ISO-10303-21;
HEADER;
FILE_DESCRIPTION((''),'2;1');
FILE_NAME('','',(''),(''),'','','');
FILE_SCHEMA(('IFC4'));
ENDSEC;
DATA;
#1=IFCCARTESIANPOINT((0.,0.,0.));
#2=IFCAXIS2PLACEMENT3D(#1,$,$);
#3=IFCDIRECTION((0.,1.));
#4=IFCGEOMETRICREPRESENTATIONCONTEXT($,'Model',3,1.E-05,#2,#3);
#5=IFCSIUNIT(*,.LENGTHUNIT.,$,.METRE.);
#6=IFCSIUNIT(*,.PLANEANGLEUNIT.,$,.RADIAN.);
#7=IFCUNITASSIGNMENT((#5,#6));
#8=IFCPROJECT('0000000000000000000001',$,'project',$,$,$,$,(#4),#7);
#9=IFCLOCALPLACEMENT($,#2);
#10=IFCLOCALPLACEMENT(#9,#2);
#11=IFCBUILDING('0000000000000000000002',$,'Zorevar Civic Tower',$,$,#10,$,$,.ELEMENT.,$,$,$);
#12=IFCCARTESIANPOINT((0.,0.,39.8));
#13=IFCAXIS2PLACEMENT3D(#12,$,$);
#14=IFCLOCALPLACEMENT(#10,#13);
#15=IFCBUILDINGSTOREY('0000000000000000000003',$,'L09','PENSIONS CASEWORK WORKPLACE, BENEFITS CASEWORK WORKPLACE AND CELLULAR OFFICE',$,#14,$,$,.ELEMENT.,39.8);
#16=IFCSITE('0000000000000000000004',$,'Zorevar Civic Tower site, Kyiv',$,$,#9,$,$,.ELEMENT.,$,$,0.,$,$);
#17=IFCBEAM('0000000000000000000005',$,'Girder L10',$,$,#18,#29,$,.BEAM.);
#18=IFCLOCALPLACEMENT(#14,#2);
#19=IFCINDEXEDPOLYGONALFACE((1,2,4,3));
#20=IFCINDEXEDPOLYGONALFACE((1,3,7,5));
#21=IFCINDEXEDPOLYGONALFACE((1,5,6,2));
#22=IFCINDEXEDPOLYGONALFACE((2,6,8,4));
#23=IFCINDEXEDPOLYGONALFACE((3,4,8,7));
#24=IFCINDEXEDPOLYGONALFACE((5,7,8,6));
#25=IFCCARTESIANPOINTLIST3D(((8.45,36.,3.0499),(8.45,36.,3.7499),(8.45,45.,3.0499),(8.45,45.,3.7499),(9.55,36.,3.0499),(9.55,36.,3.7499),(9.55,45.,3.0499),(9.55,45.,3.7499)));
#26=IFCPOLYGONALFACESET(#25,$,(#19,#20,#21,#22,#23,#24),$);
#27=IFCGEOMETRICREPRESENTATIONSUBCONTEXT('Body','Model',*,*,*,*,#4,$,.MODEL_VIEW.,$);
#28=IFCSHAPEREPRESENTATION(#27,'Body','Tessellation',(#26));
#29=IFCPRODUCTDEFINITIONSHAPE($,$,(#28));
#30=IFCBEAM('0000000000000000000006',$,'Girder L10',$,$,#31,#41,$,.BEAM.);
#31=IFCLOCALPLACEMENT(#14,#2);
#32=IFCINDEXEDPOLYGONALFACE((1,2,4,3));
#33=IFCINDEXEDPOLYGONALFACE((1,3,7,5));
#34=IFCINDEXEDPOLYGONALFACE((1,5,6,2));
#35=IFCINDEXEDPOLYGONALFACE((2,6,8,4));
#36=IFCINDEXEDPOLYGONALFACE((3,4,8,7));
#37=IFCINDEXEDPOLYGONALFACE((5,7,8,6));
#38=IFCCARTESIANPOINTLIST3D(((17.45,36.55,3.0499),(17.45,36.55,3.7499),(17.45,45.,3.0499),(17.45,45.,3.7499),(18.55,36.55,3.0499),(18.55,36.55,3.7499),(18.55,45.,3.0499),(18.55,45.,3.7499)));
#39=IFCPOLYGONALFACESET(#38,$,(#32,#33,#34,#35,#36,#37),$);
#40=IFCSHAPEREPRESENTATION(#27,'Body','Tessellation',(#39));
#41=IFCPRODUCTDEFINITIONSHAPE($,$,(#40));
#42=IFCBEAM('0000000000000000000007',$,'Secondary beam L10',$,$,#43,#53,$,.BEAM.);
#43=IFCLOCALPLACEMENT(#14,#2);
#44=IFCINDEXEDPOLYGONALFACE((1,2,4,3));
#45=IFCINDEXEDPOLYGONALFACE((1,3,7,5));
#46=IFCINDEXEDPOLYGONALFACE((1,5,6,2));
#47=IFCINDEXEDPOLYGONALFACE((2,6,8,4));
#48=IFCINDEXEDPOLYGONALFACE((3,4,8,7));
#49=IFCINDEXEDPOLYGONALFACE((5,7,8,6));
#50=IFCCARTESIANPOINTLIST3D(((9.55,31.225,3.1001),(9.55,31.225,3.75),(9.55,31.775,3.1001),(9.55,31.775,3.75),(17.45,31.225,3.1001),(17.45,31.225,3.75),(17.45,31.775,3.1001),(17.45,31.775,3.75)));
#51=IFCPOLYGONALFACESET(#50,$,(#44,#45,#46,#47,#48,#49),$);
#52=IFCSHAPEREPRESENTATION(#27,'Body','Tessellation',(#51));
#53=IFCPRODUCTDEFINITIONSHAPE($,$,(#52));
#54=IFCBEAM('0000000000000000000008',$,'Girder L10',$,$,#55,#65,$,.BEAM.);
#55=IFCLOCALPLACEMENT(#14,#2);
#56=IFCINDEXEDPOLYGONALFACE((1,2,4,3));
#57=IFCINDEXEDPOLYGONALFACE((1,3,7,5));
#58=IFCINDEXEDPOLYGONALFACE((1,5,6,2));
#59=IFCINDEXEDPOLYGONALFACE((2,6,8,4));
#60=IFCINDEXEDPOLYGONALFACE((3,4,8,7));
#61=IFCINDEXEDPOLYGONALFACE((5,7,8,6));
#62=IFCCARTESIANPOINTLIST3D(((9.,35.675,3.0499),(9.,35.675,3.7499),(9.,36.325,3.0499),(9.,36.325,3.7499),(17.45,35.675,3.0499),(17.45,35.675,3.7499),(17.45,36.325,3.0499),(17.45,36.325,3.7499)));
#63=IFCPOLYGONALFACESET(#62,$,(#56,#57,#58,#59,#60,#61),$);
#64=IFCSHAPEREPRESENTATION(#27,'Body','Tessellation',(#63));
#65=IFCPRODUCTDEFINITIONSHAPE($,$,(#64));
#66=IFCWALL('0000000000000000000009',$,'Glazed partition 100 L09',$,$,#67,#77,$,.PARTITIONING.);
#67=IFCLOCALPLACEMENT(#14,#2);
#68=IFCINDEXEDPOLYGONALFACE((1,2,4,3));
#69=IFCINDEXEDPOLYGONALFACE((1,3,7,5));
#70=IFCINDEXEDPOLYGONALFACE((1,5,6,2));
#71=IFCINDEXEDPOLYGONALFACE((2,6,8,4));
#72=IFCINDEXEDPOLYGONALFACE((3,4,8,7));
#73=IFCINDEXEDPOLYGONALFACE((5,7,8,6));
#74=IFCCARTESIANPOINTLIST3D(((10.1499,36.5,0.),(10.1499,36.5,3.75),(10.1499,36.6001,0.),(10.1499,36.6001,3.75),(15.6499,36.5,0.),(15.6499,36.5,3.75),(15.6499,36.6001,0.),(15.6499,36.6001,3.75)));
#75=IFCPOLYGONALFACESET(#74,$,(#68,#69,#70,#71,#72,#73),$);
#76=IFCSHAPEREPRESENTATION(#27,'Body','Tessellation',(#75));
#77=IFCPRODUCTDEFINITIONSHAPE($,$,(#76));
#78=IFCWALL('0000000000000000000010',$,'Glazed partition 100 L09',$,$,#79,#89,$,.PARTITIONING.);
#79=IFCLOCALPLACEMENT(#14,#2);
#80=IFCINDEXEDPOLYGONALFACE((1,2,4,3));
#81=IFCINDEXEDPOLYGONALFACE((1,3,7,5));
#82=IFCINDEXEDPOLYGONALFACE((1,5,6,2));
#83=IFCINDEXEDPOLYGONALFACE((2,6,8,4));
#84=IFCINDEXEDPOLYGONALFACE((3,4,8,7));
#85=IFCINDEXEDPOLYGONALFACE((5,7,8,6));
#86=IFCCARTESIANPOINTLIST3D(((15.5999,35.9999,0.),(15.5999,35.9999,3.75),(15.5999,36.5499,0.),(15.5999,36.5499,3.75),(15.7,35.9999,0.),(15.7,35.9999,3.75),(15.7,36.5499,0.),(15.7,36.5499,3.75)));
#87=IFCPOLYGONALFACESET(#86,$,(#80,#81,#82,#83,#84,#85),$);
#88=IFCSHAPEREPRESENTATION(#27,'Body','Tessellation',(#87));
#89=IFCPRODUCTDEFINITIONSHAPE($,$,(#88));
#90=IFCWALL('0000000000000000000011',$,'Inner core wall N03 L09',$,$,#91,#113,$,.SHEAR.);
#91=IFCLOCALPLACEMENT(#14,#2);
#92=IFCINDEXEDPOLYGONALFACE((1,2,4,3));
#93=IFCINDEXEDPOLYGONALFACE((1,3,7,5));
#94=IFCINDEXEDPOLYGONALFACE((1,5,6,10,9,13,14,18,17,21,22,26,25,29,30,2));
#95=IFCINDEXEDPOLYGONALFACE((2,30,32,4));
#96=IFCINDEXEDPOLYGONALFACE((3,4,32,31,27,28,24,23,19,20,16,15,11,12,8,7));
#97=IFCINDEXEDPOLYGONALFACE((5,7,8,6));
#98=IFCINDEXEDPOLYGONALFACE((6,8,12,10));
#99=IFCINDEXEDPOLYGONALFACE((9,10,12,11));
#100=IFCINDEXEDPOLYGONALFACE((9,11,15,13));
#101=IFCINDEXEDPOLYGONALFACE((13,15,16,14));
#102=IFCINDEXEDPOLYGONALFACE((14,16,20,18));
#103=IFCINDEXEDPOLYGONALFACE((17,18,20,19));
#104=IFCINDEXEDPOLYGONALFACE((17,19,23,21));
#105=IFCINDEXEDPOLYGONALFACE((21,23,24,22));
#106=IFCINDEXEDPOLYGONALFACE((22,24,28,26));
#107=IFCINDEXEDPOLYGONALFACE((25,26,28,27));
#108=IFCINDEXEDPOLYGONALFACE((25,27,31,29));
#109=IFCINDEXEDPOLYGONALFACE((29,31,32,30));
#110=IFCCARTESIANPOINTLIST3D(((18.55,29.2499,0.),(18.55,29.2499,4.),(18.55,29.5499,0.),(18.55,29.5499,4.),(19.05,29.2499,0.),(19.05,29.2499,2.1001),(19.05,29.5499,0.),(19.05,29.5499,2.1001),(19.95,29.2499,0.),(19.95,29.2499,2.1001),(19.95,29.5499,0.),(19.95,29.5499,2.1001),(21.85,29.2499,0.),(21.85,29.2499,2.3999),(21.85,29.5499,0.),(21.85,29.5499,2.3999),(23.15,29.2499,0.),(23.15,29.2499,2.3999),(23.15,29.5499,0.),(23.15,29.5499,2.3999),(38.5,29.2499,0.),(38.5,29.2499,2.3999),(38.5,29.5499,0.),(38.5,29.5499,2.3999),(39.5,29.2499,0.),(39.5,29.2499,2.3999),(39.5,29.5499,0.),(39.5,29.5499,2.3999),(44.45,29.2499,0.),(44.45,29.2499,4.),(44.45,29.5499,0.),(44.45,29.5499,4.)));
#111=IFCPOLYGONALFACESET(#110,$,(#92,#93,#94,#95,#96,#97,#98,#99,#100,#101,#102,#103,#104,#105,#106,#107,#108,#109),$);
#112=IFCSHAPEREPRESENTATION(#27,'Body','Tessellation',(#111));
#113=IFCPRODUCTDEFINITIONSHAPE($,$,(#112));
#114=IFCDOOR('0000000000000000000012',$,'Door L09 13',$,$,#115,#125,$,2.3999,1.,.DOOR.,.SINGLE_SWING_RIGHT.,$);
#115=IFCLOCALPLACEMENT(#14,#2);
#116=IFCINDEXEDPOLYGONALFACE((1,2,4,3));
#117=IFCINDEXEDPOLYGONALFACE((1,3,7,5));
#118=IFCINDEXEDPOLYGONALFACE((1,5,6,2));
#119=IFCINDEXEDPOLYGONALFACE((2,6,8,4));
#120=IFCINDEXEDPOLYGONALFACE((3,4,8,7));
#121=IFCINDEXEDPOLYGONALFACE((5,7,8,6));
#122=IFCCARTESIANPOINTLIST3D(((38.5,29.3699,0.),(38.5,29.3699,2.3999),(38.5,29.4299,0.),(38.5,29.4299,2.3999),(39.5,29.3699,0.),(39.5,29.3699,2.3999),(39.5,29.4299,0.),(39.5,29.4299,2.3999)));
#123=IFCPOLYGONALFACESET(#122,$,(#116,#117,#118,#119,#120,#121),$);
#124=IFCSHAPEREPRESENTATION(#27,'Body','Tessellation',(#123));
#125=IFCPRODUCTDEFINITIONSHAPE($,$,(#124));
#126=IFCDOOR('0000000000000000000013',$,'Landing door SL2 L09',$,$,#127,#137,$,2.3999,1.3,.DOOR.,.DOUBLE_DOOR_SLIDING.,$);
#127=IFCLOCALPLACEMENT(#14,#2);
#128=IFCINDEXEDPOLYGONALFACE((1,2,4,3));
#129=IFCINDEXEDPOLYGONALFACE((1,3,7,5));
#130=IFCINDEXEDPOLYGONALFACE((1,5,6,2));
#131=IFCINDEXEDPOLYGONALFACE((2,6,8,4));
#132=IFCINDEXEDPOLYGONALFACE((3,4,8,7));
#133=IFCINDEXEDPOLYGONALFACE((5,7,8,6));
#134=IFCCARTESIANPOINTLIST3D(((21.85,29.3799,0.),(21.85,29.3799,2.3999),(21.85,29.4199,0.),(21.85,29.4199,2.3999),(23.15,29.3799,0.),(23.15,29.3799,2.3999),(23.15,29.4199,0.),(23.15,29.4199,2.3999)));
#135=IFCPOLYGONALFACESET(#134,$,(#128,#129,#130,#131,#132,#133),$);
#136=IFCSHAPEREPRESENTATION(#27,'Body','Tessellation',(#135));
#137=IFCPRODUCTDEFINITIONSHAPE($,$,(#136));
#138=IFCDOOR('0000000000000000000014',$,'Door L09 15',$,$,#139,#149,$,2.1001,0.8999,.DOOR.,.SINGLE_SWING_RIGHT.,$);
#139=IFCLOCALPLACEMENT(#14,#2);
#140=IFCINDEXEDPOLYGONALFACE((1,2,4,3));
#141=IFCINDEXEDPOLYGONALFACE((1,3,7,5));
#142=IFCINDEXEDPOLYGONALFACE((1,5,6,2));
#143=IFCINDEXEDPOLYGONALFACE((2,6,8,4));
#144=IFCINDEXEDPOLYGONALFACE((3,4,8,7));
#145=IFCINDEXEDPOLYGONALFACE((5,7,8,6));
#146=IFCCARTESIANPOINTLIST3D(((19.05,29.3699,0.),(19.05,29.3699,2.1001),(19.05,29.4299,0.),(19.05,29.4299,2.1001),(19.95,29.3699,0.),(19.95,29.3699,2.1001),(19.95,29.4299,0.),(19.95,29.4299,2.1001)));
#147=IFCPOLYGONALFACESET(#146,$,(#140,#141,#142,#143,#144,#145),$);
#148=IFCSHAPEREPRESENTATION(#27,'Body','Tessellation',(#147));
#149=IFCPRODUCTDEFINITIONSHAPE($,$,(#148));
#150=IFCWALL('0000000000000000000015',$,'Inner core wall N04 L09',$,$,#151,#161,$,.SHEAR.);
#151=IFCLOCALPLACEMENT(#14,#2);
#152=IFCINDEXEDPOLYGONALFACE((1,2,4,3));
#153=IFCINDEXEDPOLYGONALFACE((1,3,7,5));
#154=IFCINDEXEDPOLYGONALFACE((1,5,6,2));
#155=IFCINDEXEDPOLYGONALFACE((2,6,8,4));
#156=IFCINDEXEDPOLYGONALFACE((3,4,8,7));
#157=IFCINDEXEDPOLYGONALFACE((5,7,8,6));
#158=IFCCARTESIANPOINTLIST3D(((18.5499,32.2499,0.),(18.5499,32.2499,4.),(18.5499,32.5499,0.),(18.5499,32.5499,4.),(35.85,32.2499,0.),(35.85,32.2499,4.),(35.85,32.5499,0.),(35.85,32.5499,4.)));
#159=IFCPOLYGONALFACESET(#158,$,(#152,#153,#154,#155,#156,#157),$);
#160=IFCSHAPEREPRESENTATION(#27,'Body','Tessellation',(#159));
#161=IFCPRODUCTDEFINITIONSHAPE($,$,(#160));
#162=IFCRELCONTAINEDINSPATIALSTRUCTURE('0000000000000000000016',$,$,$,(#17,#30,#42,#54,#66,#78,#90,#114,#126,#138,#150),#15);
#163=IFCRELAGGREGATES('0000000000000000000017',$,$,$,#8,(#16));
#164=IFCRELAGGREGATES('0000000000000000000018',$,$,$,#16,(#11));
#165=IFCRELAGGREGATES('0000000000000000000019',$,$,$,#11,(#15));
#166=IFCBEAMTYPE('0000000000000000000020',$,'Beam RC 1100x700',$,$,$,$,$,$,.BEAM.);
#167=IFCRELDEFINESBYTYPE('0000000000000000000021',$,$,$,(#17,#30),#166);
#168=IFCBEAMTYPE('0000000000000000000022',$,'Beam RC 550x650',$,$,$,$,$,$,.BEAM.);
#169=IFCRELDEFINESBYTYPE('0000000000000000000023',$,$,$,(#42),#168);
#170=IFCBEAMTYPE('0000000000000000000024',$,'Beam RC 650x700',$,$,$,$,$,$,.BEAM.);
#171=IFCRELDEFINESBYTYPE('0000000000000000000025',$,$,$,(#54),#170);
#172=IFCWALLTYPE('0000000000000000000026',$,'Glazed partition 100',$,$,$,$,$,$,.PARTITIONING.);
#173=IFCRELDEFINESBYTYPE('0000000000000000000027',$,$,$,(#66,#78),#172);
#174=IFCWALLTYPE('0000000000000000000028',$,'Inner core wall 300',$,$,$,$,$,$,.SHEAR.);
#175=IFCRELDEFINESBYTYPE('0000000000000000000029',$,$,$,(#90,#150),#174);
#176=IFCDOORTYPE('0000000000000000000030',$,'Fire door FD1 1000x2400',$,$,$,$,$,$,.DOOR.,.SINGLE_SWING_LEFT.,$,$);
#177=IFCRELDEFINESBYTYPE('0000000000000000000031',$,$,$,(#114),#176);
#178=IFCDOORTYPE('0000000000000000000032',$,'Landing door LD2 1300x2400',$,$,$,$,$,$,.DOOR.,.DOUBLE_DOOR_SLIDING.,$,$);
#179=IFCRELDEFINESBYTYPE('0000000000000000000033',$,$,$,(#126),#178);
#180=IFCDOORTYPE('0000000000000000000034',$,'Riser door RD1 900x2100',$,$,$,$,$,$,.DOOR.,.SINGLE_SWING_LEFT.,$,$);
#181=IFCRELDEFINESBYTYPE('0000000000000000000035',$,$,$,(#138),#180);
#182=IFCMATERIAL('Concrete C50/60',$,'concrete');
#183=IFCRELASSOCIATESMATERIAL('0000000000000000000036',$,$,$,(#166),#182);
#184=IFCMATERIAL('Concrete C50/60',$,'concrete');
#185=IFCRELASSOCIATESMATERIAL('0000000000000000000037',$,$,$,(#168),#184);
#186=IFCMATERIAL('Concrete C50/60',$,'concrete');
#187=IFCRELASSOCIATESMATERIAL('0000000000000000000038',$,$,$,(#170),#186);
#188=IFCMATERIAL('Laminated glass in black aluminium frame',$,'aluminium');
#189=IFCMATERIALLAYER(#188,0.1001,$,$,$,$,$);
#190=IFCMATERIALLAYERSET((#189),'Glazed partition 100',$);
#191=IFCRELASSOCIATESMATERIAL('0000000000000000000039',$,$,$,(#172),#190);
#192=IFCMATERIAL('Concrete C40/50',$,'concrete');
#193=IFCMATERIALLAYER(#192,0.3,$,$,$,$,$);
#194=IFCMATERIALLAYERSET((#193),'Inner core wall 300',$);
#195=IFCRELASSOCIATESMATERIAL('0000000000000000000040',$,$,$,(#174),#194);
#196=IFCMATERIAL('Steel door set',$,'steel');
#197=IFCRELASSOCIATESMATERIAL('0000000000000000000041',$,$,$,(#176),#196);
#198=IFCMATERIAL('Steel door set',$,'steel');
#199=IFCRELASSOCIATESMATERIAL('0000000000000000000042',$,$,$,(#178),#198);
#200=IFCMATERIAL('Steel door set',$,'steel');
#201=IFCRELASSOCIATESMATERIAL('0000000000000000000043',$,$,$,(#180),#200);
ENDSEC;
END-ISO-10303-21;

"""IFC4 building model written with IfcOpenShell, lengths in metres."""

from ifc_helpers import new_model, si_unit, direction, frame, frame_2d, origin, origin_2d, place, context, subcontext, project, spatial, rectangle, extrude, material, layer, layer_set, material_profile, profile_set, type_object, element, fill, save


model = new_model("IFC4")

# Units and contexts
model_context = context("Model", 3, precision=1e-05, world=origin(), true_north=direction((0.0, 1.0)))
body_context = subcontext(model_context, "Body", "Model", "MODEL_VIEW")
ifc_project = project(units=[si_unit("LENGTHUNIT", "METRE"), si_unit("PLANEANGLEUNIT", "RADIAN")], contexts=[model_context])

# Site, building, storey
site_placement = place(None, origin())
site = spatial("IfcSite", under=ifc_project, at=site_placement, Name="Zorevar Civic Tower site, Kyiv", CompositionType="ELEMENT", RefElevation=0.0)
building_placement = place(site_placement, origin())
building = spatial("IfcBuilding", under=site, at=building_placement, Name="Zorevar Civic Tower", CompositionType="ELEMENT")
storey_placement = place(building_placement, frame((0.0, 0.0, 39.8)))
storey = spatial("IfcBuildingStorey", under=building, at=storey_placement, Name="L09", Description="PENSIONS CASEWORK WORKPLACE, BENEFITS CASEWORK WORKPLACE AND CELLULAR OFFICE", CompositionType="ELEMENT", Elevation=39.8)

# Beams
ifc_material_1 = material(Name="Concrete C50/60", Category="concrete")
ifc_material_profile_1 = material_profile(ifc_material_1, rectangle(XDim=1.1001, YDim=0.7, at=origin_2d()), Name="RC 1100x700")
ifc_profile_set_1 = profile_set([ifc_material_profile_1], Name="Concrete C50/60")
beam_type_1 = type_object("IfcBeamType", Name="Beam RC 1100x700", PredefinedType="BEAM", material=ifc_profile_set_1)
beam_1_placement = place(storey_placement, frame((9.0, 36.0, 3.3999), z_axis=(0.0, 1.0, 0.0), x_axis=(-1.0, 0.0, 0.0)))
element("IfcBeam", 1, at=beam_1_placement, inside=storey, type_object=beam_type_1, Name="Girder L10", PredefinedType="BEAM", context=body_context, shape_type="SweptSolid", body=[
    extrude(rectangle(XDim=1.1001, YDim=0.7, at=origin_2d()), origin(), (0.0, 0.0, 1.0), 9.0),
])
beam_2_placement = place(storey_placement, frame((18.0, 36.55, 3.3999), z_axis=(0.0, 1.0, 0.0), x_axis=(-1.0, 0.0, 0.0)))
element("IfcBeam", 2, at=beam_2_placement, inside=storey, type_object=beam_type_1, Name="Girder L10", PredefinedType="BEAM", context=body_context, shape_type="SweptSolid", body=[
    extrude(rectangle(XDim=1.1001, YDim=0.7, at=origin_2d()), origin(), (0.0, 0.0, 1.0), 8.45),
])
ifc_material_2 = material(Name="Concrete C50/60", Category="concrete")
ifc_material_profile_2 = material_profile(ifc_material_2, rectangle(XDim=0.55, YDim=0.6499, at=origin_2d()), Name="RC 550x650")
ifc_profile_set_2 = profile_set([ifc_material_profile_2], Name="Concrete C50/60")
beam_type_2 = type_object("IfcBeamType", Name="Beam RC 550x650", PredefinedType="BEAM", material=ifc_profile_set_2)
beam_3_placement = place(storey_placement, frame((9.55, 31.5, 3.425), z_axis=(1.0, 0.0, 0.0), x_axis=(0.0, 1.0, 0.0)))
element("IfcBeam", 3, at=beam_3_placement, inside=storey, type_object=beam_type_2, Name="Secondary beam L10", PredefinedType="BEAM", context=body_context, shape_type="SweptSolid", body=[
    extrude(rectangle(XDim=0.55, YDim=0.6499, at=origin_2d()), origin(), (0.0, 0.0, 1.0), 7.8999),
])
ifc_material_3 = material(Name="Concrete C50/60", Category="concrete")
ifc_material_profile_3 = material_profile(ifc_material_3, rectangle(XDim=0.6499, YDim=0.7, at=origin_2d()), Name="RC 650x700")
ifc_profile_set_3 = profile_set([ifc_material_profile_3], Name="Concrete C50/60")
beam_type_3 = type_object("IfcBeamType", Name="Beam RC 650x700", PredefinedType="BEAM", material=ifc_profile_set_3)
beam_4_placement = place(storey_placement, frame((9.0, 36.0, 3.3999), z_axis=(1.0, 0.0, 0.0), x_axis=(0.0, 1.0, 0.0)))
element("IfcBeam", 4, at=beam_4_placement, inside=storey, type_object=beam_type_3, Name="Girder L10", PredefinedType="BEAM", context=body_context, shape_type="SweptSolid", body=[
    extrude(rectangle(XDim=0.6499, YDim=0.7, at=origin_2d()), origin(), (0.0, 0.0, 1.0), 8.45),
])

# Walls
ifc_material_4 = material(Name="Laminated glass in black aluminium frame", Category="aluminium")
ifc_layer_1 = layer(ifc_material_4, 0.1001)
ifc_layer_set_1 = layer_set([ifc_layer_1], Name="Glazed partition 100")
wall_type_1 = type_object("IfcWallType", Name="Glazed partition 100", PredefinedType="PARTITIONING", material=ifc_layer_set_1)
wall_1_placement = place(storey_placement, frame((10.1499, 36.55, 0.0), z_axis=(0.0, 0.0, 1.0), x_axis=(1.0, 0.0, 0.0)))
element("IfcWall", 5, at=wall_1_placement, inside=storey, type_object=wall_type_1, Name="Glazed partition 100 L09", PredefinedType="PARTITIONING", context=body_context, shape_type="SweptSolid", body=[
    extrude(rectangle(XDim=5.5, YDim=0.1001, at=frame_2d((2.75, 0.0))), origin(), (0.0, 0.0, 1.0), 3.75),
])
wall_2_placement = place(storey_placement, frame((15.6499, 36.0, 0.0), z_axis=(0.0, 0.0, 1.0), x_axis=(0.0, 1.0, 0.0)))
element("IfcWall", 6, at=wall_2_placement, inside=storey, type_object=wall_type_1, Name="Glazed partition 100 L09", PredefinedType="PARTITIONING", context=body_context, shape_type="SweptSolid", body=[
    extrude(rectangle(XDim=0.55, YDim=0.1001, at=frame_2d((0.2749, 0.0))), origin(), (0.0, 0.0, 1.0), 3.75),
])

# Wall, openings, doors
ifc_material_5 = material(Name="Concrete C40/50", Category="concrete")
ifc_layer_2 = layer(ifc_material_5, 0.3)
ifc_layer_set_2 = layer_set([ifc_layer_2], Name="Inner core wall 300")
wall_type_2 = type_object("IfcWallType", Name="Inner core wall 300", PredefinedType="SHEAR", material=ifc_layer_set_2)
wall_3_placement = place(storey_placement, frame((18.55, 29.3999, 0.0), z_axis=(0.0, 0.0, 1.0), x_axis=(1.0, 0.0, 0.0)))
wall_3 = element("IfcWall", 7, at=wall_3_placement, inside=storey, type_object=wall_type_2, Name="Inner core wall N03 L09", PredefinedType="SHEAR", context=body_context, shape_type="SweptSolid", body=[
    extrude(rectangle(XDim=25.8999, YDim=0.3, at=frame_2d((12.95, 0.0))), origin(), (0.0, 0.0, 1.0), 4.0),
])
opening_1_placement = place(wall_3_placement, frame((19.95, 0.0, 0.0)))
opening_1 = element("IfcOpeningElement", 8, at=opening_1_placement, cuts=wall_3, PredefinedType="OPENING", context=body_context, shape_type="SweptSolid", body=[
    extrude(rectangle(XDim=1.0, YDim=2.3999, at=frame_2d((0.5, 1.2))), frame((0.0, 0.1599, 0.0), z_axis=(0.0, -1.0, 0.0), x_axis=(1.0, 0.0, 0.0)), (0.0, 0.0, 1.0), 0.3201),
])
opening_2_placement = place(wall_3_placement, frame((0.5, 0.0, 0.0)))
opening_2 = element("IfcOpeningElement", 9, at=opening_2_placement, cuts=wall_3, PredefinedType="OPENING", context=body_context, shape_type="SweptSolid", body=[
    extrude(rectangle(XDim=0.8999, YDim=2.1001, at=frame_2d((0.45, 1.05))), frame((0.0, 0.1599, 0.0), z_axis=(0.0, -1.0, 0.0), x_axis=(1.0, 0.0, 0.0)), (0.0, 0.0, 1.0), 0.3201),
])
opening_3_placement = place(wall_3_placement, frame((3.3, 0.0, 0.0)))
opening_3 = element("IfcOpeningElement", 10, at=opening_3_placement, cuts=wall_3, PredefinedType="OPENING", context=body_context, shape_type="SweptSolid", body=[
    extrude(rectangle(XDim=1.3, YDim=2.3999, at=frame_2d((0.6499, 1.2))), frame((0.0, 0.1599, 0.0), z_axis=(0.0, -1.0, 0.0), x_axis=(1.0, 0.0, 0.0)), (0.0, 0.0, 1.0), 0.3201),
])
ifc_material_6 = material(Name="Steel door set", Category="steel")
door_type_1 = type_object("IfcDoorType", Name="Fire door FD1 1000x2400", OperationType="SINGLE_SWING_LEFT", PredefinedType="DOOR", material=ifc_material_6)
door_1_placement = place(opening_1_placement, origin())
door_1 = element("IfcDoor", 11, at=door_1_placement, inside=storey, type_object=door_type_1, Name="Door L09 13", OperationType="SINGLE_SWING_RIGHT", OverallHeight=2.3999, OverallWidth=1.0, PredefinedType="DOOR", context=body_context, shape_type="SweptSolid", body=[
    extrude(rectangle(XDim=1.0, YDim=2.3999, at=frame_2d((0.5, 1.2))), frame((0.0, 0.03, 0.0), z_axis=(0.0, -1.0, 0.0), x_axis=(1.0, 0.0, 0.0)), (0.0, 0.0, 1.0), 0.0601),
])
fill(opening_1, door_1)
ifc_material_7 = material(Name="Steel door set", Category="steel")
door_type_2 = type_object("IfcDoorType", Name="Landing door LD2 1300x2400", OperationType="DOUBLE_DOOR_SLIDING", PredefinedType="DOOR", material=ifc_material_7)
door_2_placement = place(opening_3_placement, origin())
door_2 = element("IfcDoor", 12, at=door_2_placement, inside=storey, type_object=door_type_2, Name="Landing door SL2 L09", OperationType="DOUBLE_DOOR_SLIDING", OverallHeight=2.3999, OverallWidth=1.3, PredefinedType="DOOR", context=body_context, shape_type="SweptSolid", body=[
    extrude(rectangle(XDim=1.3, YDim=2.3999, at=frame_2d((0.6499, 1.2))), frame((0.0, 0.02, 0.0), z_axis=(0.0, -1.0, 0.0), x_axis=(1.0, 0.0, 0.0)), (0.0, 0.0, 1.0), 0.04),
])
fill(opening_3, door_2)
ifc_material_8 = material(Name="Steel door set", Category="steel")
door_type_3 = type_object("IfcDoorType", Name="Riser door RD1 900x2100", OperationType="SINGLE_SWING_LEFT", PredefinedType="DOOR", material=ifc_material_8)
door_3_placement = place(opening_2_placement, origin())
door_3 = element("IfcDoor", 13, at=door_3_placement, inside=storey, type_object=door_type_3, Name="Door L09 15", OperationType="SINGLE_SWING_RIGHT", OverallHeight=2.1001, OverallWidth=0.8999, PredefinedType="DOOR", context=body_context, shape_type="SweptSolid", body=[
    extrude(rectangle(XDim=0.8999, YDim=2.1001, at=frame_2d((0.45, 1.05))), frame((0.0, 0.03, 0.0), z_axis=(0.0, -1.0, 0.0), x_axis=(1.0, 0.0, 0.0)), (0.0, 0.0, 1.0), 0.0601),
])
fill(opening_2, door_3)

# Wall
wall_4_placement = place(storey_placement, frame((18.55, 32.3999, 0.0), z_axis=(0.0, 0.0, 1.0), x_axis=(1.0, 0.0, 0.0)))
element("IfcWall", 14, at=wall_4_placement, inside=storey, type_object=wall_type_2, Name="Inner core wall N04 L09", PredefinedType="SHEAR", context=body_context, shape_type="SweptSolid", body=[
    extrude(rectangle(XDim=17.3, YDim=0.3, at=frame_2d((8.6499, 0.0))), origin(), (0.0, 0.0, 1.0), 4.0),
])

save(model, "model.ifc")
